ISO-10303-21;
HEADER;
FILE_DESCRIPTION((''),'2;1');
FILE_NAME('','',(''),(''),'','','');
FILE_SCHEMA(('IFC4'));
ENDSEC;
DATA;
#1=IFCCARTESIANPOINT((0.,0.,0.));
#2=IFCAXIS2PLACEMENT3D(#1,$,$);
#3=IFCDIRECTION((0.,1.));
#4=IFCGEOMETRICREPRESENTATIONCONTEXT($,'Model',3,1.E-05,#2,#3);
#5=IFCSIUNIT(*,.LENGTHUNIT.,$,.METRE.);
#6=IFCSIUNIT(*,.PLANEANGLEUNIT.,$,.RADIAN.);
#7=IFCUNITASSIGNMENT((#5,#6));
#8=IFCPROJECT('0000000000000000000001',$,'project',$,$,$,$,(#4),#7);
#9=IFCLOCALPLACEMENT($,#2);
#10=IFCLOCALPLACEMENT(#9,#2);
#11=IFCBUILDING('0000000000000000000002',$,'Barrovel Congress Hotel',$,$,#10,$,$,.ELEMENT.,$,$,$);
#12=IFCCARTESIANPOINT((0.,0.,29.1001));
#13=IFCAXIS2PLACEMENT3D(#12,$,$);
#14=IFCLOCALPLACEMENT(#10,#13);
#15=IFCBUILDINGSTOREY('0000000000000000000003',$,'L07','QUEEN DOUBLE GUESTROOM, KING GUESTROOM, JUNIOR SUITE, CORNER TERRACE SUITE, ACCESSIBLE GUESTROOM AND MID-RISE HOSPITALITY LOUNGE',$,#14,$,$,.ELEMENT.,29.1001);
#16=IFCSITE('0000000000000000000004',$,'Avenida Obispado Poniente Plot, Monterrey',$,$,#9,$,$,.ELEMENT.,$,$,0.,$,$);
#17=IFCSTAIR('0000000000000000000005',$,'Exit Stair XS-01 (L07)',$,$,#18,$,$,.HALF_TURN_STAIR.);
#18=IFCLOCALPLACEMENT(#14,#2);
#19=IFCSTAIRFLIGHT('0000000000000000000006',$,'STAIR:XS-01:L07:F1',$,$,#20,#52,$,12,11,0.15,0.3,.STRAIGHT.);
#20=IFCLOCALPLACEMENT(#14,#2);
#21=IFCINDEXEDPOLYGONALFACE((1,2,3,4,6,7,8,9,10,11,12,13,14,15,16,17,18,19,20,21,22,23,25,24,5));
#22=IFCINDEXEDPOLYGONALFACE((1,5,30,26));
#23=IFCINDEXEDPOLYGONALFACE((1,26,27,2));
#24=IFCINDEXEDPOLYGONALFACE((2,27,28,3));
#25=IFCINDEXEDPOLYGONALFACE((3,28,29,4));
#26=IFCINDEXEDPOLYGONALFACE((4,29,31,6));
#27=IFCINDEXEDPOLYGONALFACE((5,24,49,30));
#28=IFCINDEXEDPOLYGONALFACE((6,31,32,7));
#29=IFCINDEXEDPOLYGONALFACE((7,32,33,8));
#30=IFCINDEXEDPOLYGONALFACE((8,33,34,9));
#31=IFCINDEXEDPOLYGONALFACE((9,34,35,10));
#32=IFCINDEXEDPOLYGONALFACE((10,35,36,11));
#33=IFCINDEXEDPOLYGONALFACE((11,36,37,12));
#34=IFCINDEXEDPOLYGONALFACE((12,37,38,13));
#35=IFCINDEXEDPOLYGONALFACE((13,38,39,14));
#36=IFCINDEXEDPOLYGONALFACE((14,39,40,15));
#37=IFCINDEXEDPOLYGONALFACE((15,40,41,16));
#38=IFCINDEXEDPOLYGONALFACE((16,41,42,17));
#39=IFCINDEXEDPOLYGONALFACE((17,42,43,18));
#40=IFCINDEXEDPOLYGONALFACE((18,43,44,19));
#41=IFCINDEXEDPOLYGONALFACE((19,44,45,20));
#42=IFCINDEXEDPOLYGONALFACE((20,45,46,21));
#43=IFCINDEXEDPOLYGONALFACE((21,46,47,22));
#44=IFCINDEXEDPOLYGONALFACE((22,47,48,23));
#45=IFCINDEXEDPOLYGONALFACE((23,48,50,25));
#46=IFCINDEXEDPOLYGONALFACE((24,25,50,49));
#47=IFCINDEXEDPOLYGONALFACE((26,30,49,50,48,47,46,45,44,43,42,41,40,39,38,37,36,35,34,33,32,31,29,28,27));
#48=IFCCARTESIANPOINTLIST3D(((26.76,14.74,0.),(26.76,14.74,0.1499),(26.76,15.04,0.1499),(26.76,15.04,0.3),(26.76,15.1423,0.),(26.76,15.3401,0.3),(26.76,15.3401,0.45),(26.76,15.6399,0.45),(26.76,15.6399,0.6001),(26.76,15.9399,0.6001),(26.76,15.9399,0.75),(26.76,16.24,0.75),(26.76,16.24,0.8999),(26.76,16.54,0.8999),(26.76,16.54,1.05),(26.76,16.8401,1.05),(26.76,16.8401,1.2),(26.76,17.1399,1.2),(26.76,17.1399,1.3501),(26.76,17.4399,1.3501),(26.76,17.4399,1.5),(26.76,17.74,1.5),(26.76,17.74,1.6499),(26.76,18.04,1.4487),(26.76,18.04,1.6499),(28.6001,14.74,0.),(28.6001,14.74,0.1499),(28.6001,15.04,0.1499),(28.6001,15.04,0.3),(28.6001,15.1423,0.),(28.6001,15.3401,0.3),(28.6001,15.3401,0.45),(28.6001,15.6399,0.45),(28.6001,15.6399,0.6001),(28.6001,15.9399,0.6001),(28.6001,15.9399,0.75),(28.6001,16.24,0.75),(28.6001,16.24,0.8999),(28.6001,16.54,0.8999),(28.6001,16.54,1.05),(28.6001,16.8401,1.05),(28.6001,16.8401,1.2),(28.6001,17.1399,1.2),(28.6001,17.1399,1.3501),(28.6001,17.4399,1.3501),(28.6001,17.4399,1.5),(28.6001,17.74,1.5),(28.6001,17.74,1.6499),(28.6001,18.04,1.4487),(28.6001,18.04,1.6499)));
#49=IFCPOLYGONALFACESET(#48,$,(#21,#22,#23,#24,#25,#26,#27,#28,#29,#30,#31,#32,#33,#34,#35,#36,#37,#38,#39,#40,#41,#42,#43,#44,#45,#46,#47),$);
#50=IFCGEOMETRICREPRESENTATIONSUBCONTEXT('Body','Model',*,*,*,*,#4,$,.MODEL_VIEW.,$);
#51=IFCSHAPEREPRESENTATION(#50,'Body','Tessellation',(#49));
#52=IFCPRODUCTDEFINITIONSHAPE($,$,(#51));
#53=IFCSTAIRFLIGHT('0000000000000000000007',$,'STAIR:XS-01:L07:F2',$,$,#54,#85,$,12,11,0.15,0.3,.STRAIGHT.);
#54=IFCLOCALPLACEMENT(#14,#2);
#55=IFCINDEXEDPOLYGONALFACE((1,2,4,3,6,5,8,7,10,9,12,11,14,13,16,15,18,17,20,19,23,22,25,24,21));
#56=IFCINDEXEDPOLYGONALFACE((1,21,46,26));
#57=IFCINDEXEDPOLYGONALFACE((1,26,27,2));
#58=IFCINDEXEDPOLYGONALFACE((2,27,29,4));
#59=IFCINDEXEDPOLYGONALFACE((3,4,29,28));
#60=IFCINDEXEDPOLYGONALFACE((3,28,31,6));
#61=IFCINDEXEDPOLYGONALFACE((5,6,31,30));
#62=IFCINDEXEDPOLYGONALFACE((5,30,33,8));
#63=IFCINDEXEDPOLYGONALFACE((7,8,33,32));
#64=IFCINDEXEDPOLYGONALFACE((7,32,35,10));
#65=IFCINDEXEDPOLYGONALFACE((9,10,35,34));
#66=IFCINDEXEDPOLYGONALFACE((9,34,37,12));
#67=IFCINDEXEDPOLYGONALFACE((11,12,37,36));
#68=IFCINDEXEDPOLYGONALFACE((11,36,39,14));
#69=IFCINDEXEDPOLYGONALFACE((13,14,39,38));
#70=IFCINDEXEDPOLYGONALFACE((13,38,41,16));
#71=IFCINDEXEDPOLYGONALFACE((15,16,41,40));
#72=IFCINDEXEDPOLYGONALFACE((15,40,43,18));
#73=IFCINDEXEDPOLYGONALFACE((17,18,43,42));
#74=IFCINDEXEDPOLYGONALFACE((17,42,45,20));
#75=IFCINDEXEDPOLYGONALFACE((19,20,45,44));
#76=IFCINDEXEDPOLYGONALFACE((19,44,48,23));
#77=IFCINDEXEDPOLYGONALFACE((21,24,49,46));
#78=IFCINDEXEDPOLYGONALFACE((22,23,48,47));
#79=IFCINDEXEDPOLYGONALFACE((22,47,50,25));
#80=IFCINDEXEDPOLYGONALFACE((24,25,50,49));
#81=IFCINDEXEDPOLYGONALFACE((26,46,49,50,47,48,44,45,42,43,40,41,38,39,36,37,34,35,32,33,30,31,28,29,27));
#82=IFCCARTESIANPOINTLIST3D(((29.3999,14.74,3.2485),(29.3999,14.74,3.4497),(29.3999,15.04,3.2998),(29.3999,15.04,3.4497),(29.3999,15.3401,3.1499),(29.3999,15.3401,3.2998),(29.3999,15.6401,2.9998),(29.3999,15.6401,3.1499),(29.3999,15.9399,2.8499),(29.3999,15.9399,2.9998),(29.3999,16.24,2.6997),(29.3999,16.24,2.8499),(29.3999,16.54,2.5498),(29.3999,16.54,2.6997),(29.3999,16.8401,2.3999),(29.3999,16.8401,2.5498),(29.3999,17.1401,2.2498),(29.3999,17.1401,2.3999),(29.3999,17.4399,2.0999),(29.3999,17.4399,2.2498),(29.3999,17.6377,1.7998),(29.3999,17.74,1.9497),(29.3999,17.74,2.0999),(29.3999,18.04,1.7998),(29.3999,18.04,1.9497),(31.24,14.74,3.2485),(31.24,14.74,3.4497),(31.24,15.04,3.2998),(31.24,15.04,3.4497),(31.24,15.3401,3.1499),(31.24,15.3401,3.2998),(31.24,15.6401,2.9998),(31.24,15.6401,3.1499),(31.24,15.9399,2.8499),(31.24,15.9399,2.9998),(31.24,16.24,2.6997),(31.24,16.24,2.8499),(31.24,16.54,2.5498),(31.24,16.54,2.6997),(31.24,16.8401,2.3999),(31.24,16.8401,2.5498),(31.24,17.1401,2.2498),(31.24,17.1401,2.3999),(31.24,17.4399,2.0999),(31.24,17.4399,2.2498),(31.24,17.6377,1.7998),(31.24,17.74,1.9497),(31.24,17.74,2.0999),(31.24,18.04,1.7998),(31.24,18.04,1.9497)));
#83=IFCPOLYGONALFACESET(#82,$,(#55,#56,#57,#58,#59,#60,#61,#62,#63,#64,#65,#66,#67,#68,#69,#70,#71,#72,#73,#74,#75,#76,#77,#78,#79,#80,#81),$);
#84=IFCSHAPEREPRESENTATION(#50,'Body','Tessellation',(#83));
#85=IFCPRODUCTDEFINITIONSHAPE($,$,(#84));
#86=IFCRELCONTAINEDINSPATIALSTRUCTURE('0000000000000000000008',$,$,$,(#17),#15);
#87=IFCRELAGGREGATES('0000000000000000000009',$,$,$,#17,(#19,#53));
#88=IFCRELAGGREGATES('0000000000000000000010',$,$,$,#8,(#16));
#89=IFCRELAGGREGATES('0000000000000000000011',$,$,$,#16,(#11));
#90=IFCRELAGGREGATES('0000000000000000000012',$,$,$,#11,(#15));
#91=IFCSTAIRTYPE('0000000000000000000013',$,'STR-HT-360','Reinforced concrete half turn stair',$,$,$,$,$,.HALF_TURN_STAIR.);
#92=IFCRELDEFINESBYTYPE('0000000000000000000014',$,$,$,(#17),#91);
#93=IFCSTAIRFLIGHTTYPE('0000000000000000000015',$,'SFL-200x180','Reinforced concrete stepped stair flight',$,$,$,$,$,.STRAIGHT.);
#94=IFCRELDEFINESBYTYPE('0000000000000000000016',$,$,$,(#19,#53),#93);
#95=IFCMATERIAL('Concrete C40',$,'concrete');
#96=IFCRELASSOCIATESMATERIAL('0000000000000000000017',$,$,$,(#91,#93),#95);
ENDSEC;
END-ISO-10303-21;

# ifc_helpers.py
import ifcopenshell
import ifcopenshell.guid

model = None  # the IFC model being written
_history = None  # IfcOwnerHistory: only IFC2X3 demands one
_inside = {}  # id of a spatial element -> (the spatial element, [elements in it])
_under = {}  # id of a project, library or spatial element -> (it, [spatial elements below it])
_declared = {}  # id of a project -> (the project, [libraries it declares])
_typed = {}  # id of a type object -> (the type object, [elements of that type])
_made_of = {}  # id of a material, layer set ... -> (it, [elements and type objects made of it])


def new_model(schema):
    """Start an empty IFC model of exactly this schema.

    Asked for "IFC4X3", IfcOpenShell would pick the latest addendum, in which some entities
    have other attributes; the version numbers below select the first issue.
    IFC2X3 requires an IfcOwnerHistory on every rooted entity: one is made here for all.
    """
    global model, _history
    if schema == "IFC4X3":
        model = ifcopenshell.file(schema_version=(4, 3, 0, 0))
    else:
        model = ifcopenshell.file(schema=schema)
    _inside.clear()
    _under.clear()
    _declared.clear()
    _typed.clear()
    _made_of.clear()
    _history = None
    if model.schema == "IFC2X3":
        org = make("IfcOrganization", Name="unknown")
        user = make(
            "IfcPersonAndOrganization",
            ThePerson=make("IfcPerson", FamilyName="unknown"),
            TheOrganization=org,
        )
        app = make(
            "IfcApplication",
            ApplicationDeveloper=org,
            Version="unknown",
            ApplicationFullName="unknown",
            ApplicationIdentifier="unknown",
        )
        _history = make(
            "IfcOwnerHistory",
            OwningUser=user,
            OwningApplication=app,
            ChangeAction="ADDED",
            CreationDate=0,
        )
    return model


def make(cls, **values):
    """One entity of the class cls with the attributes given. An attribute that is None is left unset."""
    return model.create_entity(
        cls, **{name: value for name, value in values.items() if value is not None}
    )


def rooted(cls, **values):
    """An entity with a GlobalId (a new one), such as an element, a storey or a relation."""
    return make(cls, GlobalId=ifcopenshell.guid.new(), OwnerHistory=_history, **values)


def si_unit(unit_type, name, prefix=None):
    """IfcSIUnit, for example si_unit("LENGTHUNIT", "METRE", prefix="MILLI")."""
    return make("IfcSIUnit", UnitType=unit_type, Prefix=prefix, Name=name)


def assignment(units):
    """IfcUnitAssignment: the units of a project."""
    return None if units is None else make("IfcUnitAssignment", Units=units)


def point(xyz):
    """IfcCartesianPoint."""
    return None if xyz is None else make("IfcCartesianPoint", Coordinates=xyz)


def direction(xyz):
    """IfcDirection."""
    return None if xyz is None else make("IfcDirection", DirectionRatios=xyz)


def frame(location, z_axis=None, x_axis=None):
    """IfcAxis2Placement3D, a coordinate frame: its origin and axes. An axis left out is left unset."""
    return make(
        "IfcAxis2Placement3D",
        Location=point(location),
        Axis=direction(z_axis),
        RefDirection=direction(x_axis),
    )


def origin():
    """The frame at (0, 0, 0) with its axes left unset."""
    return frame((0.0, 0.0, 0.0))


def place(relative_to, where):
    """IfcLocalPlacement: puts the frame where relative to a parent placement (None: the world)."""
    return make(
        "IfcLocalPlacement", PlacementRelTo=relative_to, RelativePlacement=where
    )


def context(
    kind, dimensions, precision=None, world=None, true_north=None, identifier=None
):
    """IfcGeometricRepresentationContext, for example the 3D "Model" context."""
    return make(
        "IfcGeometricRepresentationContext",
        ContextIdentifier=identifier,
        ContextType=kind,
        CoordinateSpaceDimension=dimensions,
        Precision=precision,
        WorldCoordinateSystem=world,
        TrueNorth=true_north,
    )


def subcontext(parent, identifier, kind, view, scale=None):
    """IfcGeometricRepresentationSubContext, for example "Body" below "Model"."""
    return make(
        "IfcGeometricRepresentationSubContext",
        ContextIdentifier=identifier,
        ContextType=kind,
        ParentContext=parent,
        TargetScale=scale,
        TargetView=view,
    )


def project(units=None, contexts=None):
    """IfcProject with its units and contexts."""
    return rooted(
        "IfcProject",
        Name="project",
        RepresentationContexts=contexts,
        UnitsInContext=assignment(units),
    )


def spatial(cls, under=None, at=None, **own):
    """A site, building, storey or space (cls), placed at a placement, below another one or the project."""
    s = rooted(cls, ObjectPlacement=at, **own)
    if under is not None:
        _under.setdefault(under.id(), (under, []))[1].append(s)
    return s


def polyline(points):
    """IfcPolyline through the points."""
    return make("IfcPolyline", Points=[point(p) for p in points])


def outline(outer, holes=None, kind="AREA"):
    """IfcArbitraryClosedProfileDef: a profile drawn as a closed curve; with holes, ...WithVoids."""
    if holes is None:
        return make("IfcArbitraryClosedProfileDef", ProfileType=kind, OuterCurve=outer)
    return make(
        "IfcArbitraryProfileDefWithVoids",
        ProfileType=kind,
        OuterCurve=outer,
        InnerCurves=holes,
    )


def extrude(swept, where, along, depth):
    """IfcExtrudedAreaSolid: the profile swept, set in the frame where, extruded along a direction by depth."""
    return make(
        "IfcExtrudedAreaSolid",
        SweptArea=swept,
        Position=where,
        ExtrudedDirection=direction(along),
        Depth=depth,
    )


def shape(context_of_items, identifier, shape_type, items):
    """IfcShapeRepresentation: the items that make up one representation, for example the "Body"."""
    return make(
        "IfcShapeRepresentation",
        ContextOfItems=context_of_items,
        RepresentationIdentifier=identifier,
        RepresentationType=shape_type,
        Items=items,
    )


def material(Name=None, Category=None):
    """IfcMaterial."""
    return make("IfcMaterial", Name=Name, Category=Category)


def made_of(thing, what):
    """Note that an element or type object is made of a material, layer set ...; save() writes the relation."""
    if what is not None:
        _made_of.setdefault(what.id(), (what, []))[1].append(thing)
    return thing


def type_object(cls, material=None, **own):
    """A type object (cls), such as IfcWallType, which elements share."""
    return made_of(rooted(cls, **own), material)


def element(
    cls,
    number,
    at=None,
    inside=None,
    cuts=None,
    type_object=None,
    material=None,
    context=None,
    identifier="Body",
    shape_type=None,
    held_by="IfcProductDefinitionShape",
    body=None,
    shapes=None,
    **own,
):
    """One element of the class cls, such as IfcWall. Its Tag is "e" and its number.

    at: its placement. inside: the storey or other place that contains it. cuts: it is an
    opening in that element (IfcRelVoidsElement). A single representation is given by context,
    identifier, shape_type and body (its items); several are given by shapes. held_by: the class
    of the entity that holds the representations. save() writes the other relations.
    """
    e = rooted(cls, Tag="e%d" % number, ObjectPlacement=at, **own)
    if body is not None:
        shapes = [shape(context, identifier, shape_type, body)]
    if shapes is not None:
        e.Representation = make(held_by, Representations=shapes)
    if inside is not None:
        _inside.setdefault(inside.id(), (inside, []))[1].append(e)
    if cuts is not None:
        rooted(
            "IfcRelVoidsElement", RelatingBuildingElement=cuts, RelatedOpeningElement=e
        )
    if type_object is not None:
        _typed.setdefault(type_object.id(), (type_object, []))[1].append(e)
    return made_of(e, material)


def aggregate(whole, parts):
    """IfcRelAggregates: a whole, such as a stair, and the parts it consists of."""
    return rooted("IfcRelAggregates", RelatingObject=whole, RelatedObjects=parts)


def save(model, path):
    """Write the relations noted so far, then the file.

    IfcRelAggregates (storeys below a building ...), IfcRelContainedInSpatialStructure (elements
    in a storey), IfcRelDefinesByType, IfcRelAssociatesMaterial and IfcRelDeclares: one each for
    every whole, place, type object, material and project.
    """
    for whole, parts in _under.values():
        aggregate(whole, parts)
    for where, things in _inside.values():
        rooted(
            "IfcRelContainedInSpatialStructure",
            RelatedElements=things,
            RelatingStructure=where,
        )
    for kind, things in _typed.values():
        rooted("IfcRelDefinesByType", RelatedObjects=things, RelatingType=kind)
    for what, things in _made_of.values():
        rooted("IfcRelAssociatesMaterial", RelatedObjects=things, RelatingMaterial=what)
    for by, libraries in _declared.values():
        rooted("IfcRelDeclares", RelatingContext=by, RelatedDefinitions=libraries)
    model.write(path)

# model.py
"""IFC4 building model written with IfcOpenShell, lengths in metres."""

from ifc_helpers import new_model, si_unit, direction, frame, origin, place, context, subcontext, project, spatial, polyline, outline, extrude, material, type_object, element, aggregate, save


model = new_model("IFC4")

# Units and contexts
model_context = context("Model", 3, precision=1e-05, world=origin(), true_north=direction((0.0, 1.0)))
body_context = subcontext(model_context, "Body", "Model", "MODEL_VIEW")
ifc_project = project(units=[si_unit("LENGTHUNIT", "METRE"), si_unit("PLANEANGLEUNIT", "RADIAN")], contexts=[model_context])

# Site, building, storey
site_placement = place(None, origin())
site = spatial("IfcSite", under=ifc_project, at=site_placement, Name="Avenida Obispado Poniente Plot, Monterrey", CompositionType="ELEMENT", RefElevation=0.0)
building_placement = place(site_placement, origin())
building = spatial("IfcBuilding", under=site, at=building_placement, Name="Barrovel Congress Hotel", CompositionType="ELEMENT")
storey_placement = place(building_placement, frame((0.0, 0.0, 29.1001)))
storey = spatial("IfcBuildingStorey", under=building, at=storey_placement, Name="L07", Description="QUEEN DOUBLE GUESTROOM, KING GUESTROOM, JUNIOR SUITE, CORNER TERRACE SUITE, ACCESSIBLE GUESTROOM AND MID-RISE HOSPITALITY LOUNGE", CompositionType="ELEMENT", Elevation=29.1001)

# Shared definitions
ifc_material_1 = material(Name="Concrete C40", Category="concrete")

# Stair, stair flights
stair_type = type_object("IfcStairType", Name="STR-HT-360", Description="Reinforced concrete half turn stair", PredefinedType="HALF_TURN_STAIR", material=ifc_material_1)
stair_placement = place(storey_placement, origin())
stair = element("IfcStair", 1, at=stair_placement, inside=storey, type_object=stair_type, Name="Exit Stair XS-01 (L07)", PredefinedType="HALF_TURN_STAIR")
stair_flight_type = type_object("IfcStairFlightType", Name="SFL-200x180", Description="Reinforced concrete stepped stair flight", PredefinedType="STRAIGHT", material=ifc_material_1)
stair_flight_1_placement = place(storey_placement, frame((27.6799, 14.74, 0.0), z_axis=(0.0, 0.0, 1.0), x_axis=(0.0, 1.0, 0.0)))
stair_flight_1 = element("IfcStairFlight", 2, at=stair_flight_1_placement, type_object=stair_flight_type, Name="STAIR:XS-01:L07:F1", NumberOfRisers=12, NumberOfTreads=11, PredefinedType="STRAIGHT", RiserHeight=0.15, TreadLength=0.3, context=body_context, shape_type="SweptSolid", body=[
    extrude(outline(polyline([(0.0, 0.0), (0.0, 0.1499), (0.3, 0.1499), (0.3, 0.3), (0.6001, 0.3), (0.6001, 0.45), (0.8999, 0.45), (0.8999, 0.6001), (1.2, 0.6001), (1.2, 0.75), (1.5, 0.75), (1.5, 0.8999), (1.8, 0.8999), (1.8, 1.05), (2.1001, 1.05), (2.1001, 1.2), (2.3999, 1.2), (2.3999, 1.3501), (2.7, 1.3501), (2.7, 1.5), (3.0, 1.5), (3.0, 1.6499), (3.3, 1.6499), (3.3, 1.8), (3.3, 1.4487), (0.4023, 0.0), (0.0, 0.0)])), frame((0.0, 0.9199, 0.0), z_axis=(0.0, -1.0, 0.0), x_axis=(1.0, 0.0, 0.0)), (0.0, 0.0, 1.0), 1.8401),
])
stair_flight_2_placement = place(storey_placement, frame((30.3201, 18.04, 1.7998), z_axis=(0.0, 0.0, 1.0), x_axis=(0.0, -1.0, 0.0)))
stair_flight_2 = element("IfcStairFlight", 3, at=stair_flight_2_placement, type_object=stair_flight_type, Name="STAIR:XS-01:L07:F2", NumberOfRisers=12, NumberOfTreads=11, PredefinedType="STRAIGHT", RiserHeight=0.15, TreadLength=0.3, context=body_context, shape_type="SweptSolid", body=[
    extrude(outline(polyline([(0.0, 0.0), (0.0, 0.1499), (0.3, 0.1499), (0.3, 0.3), (0.6001, 0.3), (0.6001, 0.45), (0.8999, 0.45), (0.8999, 0.6001), (1.2, 0.6001), (1.2, 0.75), (1.5, 0.75), (1.5, 0.8999), (1.8, 0.8999), (1.8, 1.05), (2.1001, 1.05), (2.1001, 1.2), (2.3999, 1.2), (2.3999, 1.3501), (2.7, 1.3501), (2.7, 1.5), (3.0, 1.5), (3.0, 1.6499), (3.3, 1.6499), (3.3, 1.8), (3.3, 1.4487), (0.4023, 0.0), (0.0, 0.0)])), frame((0.0, 0.9199, 0.0), z_axis=(0.0, -1.0, 0.0), x_axis=(1.0, 0.0, 0.0)), (0.0, 0.0, 1.0), 1.8401),
])
aggregate(stair, [stair_flight_1, stair_flight_2])

save(model, "model.ifc")
